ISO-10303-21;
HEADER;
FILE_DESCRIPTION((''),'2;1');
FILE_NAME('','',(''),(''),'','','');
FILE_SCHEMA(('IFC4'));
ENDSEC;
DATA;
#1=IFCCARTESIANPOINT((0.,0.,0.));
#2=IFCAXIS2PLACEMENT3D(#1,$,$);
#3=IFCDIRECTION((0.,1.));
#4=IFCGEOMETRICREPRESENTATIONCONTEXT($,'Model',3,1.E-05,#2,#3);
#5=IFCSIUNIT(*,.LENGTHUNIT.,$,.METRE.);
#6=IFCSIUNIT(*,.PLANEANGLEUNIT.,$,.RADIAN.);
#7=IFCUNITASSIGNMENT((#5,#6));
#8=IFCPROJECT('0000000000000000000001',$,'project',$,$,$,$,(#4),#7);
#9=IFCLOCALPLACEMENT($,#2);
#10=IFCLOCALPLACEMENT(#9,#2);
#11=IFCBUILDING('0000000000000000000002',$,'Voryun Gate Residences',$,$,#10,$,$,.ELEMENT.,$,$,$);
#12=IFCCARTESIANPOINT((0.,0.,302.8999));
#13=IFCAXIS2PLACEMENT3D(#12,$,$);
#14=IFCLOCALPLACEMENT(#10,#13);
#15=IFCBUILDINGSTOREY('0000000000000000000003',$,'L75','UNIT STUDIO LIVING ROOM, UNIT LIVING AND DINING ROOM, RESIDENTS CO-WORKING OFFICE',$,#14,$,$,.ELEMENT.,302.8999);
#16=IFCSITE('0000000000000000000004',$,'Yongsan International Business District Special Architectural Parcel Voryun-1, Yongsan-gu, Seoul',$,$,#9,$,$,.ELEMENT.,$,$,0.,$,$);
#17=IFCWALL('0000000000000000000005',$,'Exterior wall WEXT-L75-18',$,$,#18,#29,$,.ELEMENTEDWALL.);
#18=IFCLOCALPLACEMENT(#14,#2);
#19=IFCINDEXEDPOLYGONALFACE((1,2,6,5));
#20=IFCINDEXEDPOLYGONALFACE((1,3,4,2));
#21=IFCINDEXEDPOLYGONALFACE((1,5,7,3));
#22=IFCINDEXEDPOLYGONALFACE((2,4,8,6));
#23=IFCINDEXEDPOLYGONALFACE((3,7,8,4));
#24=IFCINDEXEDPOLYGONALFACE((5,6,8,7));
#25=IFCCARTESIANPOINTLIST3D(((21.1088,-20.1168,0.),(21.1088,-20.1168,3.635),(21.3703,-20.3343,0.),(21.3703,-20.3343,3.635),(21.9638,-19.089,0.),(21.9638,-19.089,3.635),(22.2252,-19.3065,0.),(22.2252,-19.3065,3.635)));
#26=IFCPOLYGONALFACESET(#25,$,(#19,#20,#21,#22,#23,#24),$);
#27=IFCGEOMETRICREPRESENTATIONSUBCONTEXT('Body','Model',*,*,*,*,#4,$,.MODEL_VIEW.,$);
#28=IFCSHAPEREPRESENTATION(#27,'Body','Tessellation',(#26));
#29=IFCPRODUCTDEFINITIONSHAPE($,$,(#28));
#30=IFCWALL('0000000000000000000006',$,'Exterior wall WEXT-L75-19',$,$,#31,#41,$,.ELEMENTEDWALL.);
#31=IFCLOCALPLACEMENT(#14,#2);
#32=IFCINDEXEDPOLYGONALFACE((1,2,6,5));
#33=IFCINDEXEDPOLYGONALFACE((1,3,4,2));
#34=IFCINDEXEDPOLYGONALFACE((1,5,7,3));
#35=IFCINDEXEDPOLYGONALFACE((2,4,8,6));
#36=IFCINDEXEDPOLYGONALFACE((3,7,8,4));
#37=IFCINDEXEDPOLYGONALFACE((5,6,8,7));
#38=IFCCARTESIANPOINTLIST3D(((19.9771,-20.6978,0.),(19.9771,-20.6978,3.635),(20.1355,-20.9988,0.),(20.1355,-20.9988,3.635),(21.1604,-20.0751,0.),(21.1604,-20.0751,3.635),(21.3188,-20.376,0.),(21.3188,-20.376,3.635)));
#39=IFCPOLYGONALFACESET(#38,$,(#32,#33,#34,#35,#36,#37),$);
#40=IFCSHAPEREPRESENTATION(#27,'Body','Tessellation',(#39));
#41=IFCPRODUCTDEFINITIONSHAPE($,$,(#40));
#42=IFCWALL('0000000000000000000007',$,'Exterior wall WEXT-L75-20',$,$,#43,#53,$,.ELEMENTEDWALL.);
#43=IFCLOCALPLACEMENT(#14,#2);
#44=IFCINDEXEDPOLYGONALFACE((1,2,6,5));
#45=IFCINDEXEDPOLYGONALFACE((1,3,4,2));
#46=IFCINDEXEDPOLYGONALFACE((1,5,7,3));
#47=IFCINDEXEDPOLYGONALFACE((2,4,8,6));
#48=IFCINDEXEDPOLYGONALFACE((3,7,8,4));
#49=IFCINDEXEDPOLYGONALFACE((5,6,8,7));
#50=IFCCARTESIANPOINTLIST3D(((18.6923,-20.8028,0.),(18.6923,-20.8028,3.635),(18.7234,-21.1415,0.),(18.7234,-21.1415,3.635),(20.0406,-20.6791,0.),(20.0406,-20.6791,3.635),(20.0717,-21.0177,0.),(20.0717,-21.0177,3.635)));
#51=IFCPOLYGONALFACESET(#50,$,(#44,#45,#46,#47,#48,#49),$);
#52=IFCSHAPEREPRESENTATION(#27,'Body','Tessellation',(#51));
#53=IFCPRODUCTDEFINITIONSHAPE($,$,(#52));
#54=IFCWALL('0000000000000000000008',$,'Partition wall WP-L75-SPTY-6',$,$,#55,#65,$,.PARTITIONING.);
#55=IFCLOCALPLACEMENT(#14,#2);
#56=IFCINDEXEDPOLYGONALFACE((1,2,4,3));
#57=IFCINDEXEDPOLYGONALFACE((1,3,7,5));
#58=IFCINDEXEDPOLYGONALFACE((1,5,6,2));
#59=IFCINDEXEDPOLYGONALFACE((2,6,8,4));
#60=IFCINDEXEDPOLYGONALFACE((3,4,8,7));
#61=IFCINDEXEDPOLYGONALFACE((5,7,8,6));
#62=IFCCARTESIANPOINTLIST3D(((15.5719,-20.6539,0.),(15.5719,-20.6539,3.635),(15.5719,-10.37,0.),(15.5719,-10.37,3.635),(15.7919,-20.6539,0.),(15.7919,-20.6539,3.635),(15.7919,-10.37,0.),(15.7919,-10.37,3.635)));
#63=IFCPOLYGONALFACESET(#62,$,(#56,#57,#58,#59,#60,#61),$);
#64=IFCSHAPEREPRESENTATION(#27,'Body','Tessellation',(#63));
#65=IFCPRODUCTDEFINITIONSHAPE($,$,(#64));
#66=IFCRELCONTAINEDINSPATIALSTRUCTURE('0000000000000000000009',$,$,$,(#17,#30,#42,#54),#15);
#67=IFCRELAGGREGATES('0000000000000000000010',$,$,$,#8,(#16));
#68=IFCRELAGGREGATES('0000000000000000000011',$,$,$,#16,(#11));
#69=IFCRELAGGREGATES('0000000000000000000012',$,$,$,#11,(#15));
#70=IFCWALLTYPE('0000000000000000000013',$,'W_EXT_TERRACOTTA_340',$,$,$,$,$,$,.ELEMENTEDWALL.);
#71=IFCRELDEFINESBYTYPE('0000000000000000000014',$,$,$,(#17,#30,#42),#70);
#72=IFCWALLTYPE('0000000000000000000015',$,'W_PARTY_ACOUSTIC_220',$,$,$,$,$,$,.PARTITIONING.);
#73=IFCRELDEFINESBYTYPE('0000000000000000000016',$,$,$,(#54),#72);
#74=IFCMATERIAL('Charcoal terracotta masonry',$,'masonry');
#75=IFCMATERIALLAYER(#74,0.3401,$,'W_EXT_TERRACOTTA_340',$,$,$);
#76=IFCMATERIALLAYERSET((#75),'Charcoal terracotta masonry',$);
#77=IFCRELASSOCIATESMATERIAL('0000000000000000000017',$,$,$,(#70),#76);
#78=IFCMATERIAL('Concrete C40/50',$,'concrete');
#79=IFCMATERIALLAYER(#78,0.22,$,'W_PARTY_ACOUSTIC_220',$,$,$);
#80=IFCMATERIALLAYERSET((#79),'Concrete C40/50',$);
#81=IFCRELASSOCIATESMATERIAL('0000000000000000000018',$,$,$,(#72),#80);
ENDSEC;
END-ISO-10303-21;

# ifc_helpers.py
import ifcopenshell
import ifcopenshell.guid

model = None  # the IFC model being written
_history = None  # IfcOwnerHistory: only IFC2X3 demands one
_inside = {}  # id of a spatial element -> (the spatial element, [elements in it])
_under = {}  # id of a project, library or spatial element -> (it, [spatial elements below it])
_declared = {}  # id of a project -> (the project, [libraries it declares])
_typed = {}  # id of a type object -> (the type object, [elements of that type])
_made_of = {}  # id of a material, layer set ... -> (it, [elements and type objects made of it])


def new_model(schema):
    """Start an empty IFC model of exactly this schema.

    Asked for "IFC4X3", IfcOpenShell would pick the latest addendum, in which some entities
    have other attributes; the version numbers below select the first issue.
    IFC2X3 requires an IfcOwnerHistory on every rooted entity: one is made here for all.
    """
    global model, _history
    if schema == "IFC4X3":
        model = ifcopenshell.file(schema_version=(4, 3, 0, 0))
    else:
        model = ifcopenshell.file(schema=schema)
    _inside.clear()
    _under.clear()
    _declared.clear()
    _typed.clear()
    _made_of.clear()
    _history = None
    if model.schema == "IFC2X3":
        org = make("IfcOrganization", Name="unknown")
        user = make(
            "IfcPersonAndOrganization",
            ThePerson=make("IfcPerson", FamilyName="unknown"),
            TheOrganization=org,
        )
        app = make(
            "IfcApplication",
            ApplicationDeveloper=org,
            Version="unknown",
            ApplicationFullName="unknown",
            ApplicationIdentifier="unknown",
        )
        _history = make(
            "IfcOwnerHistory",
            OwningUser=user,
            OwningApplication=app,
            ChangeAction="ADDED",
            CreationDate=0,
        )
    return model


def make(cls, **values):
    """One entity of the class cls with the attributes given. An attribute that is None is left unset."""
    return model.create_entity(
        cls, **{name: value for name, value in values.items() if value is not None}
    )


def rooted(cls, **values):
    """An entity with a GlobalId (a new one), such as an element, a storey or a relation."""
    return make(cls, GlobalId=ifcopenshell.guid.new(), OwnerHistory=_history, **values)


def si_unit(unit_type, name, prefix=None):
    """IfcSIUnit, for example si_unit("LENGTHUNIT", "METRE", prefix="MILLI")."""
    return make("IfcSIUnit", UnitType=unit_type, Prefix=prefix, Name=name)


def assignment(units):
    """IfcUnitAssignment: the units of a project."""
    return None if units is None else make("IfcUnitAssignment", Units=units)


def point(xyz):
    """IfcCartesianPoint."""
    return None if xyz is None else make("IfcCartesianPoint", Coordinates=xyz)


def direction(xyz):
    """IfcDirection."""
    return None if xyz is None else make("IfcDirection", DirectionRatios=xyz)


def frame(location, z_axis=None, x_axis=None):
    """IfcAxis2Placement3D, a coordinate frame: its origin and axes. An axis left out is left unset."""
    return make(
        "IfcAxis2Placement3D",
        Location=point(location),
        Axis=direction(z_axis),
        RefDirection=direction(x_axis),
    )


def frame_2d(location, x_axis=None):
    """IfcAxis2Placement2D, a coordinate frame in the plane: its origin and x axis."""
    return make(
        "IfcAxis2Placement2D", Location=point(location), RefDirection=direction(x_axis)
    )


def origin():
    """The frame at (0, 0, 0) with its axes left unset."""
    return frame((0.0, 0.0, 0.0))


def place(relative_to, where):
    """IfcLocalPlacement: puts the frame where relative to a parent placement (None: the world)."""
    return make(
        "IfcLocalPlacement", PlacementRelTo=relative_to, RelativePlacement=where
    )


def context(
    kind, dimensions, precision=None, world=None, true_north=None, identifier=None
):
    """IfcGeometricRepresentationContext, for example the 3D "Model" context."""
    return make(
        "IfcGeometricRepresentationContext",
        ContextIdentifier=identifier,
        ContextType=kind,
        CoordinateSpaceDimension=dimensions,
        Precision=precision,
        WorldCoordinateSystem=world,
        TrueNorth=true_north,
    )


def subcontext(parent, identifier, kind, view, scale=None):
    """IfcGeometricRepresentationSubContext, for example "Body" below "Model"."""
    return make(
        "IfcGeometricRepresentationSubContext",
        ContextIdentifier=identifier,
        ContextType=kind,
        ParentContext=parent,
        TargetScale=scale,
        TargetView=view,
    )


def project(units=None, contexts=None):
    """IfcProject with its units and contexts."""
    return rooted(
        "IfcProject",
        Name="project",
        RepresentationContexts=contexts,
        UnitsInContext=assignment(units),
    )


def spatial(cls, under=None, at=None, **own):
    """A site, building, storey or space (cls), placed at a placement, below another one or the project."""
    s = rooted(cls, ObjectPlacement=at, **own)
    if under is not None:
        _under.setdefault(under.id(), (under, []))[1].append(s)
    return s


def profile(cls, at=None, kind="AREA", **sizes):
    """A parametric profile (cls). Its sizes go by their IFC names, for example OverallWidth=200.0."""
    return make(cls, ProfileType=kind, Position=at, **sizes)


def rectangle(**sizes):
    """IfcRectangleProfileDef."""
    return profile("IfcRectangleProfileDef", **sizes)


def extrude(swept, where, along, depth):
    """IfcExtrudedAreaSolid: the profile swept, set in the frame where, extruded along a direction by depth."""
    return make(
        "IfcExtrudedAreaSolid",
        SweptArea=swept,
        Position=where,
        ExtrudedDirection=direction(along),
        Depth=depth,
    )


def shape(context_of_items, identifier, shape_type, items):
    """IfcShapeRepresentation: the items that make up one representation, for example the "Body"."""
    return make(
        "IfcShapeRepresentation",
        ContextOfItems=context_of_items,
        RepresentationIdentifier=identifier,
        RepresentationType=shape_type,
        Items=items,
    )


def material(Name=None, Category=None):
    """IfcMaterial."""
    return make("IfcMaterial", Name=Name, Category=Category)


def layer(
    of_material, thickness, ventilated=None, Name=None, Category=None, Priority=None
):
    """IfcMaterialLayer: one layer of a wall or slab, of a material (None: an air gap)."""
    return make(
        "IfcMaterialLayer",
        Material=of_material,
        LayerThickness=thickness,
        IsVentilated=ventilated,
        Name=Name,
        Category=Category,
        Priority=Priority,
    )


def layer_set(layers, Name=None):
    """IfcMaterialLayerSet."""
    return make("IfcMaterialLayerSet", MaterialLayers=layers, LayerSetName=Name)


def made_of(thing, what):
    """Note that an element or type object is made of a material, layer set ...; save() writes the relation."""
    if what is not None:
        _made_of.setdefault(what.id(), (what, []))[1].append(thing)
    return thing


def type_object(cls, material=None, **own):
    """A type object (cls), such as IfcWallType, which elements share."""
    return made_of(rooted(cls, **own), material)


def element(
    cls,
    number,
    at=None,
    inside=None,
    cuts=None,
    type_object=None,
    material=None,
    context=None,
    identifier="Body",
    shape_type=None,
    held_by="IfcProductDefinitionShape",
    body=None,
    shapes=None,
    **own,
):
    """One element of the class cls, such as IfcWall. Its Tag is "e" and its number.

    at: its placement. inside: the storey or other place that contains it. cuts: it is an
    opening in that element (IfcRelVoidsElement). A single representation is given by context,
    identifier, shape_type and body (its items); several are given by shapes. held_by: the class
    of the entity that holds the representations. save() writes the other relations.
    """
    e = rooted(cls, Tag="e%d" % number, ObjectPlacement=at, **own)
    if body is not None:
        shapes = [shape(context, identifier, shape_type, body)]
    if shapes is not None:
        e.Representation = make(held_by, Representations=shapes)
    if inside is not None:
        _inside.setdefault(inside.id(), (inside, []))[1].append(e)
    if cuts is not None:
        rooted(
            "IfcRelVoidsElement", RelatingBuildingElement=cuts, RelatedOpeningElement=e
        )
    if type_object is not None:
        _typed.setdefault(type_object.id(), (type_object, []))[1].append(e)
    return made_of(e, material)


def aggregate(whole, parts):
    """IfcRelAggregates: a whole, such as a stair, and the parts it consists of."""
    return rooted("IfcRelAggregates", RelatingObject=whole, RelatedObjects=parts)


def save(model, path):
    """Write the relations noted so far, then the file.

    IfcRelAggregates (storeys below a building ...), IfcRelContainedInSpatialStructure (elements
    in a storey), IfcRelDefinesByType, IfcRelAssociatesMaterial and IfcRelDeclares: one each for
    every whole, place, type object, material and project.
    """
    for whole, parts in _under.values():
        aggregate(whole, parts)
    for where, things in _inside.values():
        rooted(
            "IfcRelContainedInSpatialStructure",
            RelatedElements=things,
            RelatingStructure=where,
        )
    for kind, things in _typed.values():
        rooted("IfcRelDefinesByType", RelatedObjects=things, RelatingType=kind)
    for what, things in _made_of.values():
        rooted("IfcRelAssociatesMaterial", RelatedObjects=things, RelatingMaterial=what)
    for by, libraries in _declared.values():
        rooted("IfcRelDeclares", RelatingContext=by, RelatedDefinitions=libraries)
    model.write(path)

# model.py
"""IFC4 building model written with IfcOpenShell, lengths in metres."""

from ifc_helpers import new_model, si_unit, direction, frame, frame_2d, origin, place, context, subcontext, project, spatial, rectangle, extrude, material, layer, layer_set, type_object, element, save


model = new_model("IFC4")

# Units and contexts
model_context = context("Model", 3, precision=1e-05, world=origin(), true_north=direction((0.0, 1.0)))
body_context = subcontext(model_context, "Body", "Model", "MODEL_VIEW")
ifc_project = project(units=[si_unit("LENGTHUNIT", "METRE"), si_unit("PLANEANGLEUNIT", "RADIAN")], contexts=[model_context])

# Site, building, storey
site_placement = place(None, origin())
site = spatial("IfcSite", under=ifc_project, at=site_placement, Name="Yongsan International Business District Special Architectural Parcel Voryun-1, Yongsan-gu, Seoul", CompositionType="ELEMENT", RefElevation=0.0)
building_placement = place(site_placement, origin())
building = spatial("IfcBuilding", under=site, at=building_placement, Name="Voryun Gate Residences", CompositionType="ELEMENT")
storey_placement = place(building_placement, frame((0.0, 0.0, 302.8999)))
storey = spatial("IfcBuildingStorey", under=building, at=storey_placement, Name="L75", Description="UNIT STUDIO LIVING ROOM, UNIT LIVING AND DINING ROOM, RESIDENTS CO-WORKING OFFICE", CompositionType="ELEMENT", Elevation=302.8999)

# Shared definitions
ifc_material_1 = material(Name="Charcoal terracotta masonry", Category="masonry")
ifc_layer_1 = layer(ifc_material_1, 0.3401, Name="W_EXT_TERRACOTTA_340")
ifc_layer_set_1 = layer_set([ifc_layer_1], Name="Charcoal terracotta masonry")
wall_type_1 = type_object("IfcWallType", Name="W_EXT_TERRACOTTA_340", PredefinedType="ELEMENTEDWALL", material=ifc_layer_set_1)

# Walls
wall_1_placement = place(storey_placement, frame((22.0945, -19.1978, 0.0), z_axis=(0.0, 0.0, 1.0), x_axis=(-0.639502, -0.76879, 0.0)))
element("IfcWall", 1, at=wall_1_placement, inside=storey, type_object=wall_type_1, Name="Exterior wall WEXT-L75-18", PredefinedType="ELEMENTEDWALL", context=body_context, shape_type="SweptSolid", body=[
    extrude(rectangle(XDim=1.3369, YDim=0.3401, at=frame_2d((0.6685, 0.0))), origin(), (0.0, 0.0, 1.0), 3.635),
])
wall_2_placement = place(storey_placement, frame((21.2395, -20.2256, 0.0), z_axis=(0.0, 0.0, 1.0), x_axis=(-0.884922, -0.465739, 0.0)))
element("IfcWall", 2, at=wall_2_placement, inside=storey, type_object=wall_type_1, Name="Exterior wall WEXT-L75-19", PredefinedType="ELEMENTEDWALL", context=body_context, shape_type="SweptSolid", body=[
    extrude(rectangle(XDim=1.3372, YDim=0.3401, at=frame_2d((0.6685, 0.0))), origin(), (0.0, 0.0, 1.0), 3.635),
])
wall_3_placement = place(storey_placement, frame((20.0562, -20.8484, 0.0), z_axis=(0.0, 0.0, 1.0), x_axis=(-0.995813, -0.091414, 0.0)))
element("IfcWall", 3, at=wall_3_placement, inside=storey, type_object=wall_type_1, Name="Exterior wall WEXT-L75-20", PredefinedType="ELEMENTEDWALL", context=body_context, shape_type="SweptSolid", body=[
    extrude(rectangle(XDim=1.354, YDim=0.3401, at=frame_2d((0.677, 0.0))), origin(), (0.0, 0.0, 1.0), 3.635),
])
ifc_material_2 = material(Name="Concrete C40/50", Category="concrete")
ifc_layer_2 = layer(ifc_material_2, 0.22, Name="W_PARTY_ACOUSTIC_220")
ifc_layer_set_2 = layer_set([ifc_layer_2], Name="Concrete C40/50")
wall_type_2 = type_object("IfcWallType", Name="W_PARTY_ACOUSTIC_220", PredefinedType="PARTITIONING", material=ifc_layer_set_2)
wall_4_placement = place(storey_placement, frame((15.6819, -20.6541, 0.0), z_axis=(0.0, 0.0, 1.0), x_axis=(0.0, 1.0, 0.0)))
element("IfcWall", 4, at=wall_4_placement, inside=storey, type_object=wall_type_2, Name="Partition wall WP-L75-SPTY-6", PredefinedType="PARTITIONING", context=body_context, shape_type="SweptSolid", body=[
    extrude(rectangle(XDim=10.2839, YDim=0.22, at=frame_2d((5.1421, 0.0))), origin(), (0.0, 0.0, 1.0), 3.635),
])

save(model, "model.ifc")
